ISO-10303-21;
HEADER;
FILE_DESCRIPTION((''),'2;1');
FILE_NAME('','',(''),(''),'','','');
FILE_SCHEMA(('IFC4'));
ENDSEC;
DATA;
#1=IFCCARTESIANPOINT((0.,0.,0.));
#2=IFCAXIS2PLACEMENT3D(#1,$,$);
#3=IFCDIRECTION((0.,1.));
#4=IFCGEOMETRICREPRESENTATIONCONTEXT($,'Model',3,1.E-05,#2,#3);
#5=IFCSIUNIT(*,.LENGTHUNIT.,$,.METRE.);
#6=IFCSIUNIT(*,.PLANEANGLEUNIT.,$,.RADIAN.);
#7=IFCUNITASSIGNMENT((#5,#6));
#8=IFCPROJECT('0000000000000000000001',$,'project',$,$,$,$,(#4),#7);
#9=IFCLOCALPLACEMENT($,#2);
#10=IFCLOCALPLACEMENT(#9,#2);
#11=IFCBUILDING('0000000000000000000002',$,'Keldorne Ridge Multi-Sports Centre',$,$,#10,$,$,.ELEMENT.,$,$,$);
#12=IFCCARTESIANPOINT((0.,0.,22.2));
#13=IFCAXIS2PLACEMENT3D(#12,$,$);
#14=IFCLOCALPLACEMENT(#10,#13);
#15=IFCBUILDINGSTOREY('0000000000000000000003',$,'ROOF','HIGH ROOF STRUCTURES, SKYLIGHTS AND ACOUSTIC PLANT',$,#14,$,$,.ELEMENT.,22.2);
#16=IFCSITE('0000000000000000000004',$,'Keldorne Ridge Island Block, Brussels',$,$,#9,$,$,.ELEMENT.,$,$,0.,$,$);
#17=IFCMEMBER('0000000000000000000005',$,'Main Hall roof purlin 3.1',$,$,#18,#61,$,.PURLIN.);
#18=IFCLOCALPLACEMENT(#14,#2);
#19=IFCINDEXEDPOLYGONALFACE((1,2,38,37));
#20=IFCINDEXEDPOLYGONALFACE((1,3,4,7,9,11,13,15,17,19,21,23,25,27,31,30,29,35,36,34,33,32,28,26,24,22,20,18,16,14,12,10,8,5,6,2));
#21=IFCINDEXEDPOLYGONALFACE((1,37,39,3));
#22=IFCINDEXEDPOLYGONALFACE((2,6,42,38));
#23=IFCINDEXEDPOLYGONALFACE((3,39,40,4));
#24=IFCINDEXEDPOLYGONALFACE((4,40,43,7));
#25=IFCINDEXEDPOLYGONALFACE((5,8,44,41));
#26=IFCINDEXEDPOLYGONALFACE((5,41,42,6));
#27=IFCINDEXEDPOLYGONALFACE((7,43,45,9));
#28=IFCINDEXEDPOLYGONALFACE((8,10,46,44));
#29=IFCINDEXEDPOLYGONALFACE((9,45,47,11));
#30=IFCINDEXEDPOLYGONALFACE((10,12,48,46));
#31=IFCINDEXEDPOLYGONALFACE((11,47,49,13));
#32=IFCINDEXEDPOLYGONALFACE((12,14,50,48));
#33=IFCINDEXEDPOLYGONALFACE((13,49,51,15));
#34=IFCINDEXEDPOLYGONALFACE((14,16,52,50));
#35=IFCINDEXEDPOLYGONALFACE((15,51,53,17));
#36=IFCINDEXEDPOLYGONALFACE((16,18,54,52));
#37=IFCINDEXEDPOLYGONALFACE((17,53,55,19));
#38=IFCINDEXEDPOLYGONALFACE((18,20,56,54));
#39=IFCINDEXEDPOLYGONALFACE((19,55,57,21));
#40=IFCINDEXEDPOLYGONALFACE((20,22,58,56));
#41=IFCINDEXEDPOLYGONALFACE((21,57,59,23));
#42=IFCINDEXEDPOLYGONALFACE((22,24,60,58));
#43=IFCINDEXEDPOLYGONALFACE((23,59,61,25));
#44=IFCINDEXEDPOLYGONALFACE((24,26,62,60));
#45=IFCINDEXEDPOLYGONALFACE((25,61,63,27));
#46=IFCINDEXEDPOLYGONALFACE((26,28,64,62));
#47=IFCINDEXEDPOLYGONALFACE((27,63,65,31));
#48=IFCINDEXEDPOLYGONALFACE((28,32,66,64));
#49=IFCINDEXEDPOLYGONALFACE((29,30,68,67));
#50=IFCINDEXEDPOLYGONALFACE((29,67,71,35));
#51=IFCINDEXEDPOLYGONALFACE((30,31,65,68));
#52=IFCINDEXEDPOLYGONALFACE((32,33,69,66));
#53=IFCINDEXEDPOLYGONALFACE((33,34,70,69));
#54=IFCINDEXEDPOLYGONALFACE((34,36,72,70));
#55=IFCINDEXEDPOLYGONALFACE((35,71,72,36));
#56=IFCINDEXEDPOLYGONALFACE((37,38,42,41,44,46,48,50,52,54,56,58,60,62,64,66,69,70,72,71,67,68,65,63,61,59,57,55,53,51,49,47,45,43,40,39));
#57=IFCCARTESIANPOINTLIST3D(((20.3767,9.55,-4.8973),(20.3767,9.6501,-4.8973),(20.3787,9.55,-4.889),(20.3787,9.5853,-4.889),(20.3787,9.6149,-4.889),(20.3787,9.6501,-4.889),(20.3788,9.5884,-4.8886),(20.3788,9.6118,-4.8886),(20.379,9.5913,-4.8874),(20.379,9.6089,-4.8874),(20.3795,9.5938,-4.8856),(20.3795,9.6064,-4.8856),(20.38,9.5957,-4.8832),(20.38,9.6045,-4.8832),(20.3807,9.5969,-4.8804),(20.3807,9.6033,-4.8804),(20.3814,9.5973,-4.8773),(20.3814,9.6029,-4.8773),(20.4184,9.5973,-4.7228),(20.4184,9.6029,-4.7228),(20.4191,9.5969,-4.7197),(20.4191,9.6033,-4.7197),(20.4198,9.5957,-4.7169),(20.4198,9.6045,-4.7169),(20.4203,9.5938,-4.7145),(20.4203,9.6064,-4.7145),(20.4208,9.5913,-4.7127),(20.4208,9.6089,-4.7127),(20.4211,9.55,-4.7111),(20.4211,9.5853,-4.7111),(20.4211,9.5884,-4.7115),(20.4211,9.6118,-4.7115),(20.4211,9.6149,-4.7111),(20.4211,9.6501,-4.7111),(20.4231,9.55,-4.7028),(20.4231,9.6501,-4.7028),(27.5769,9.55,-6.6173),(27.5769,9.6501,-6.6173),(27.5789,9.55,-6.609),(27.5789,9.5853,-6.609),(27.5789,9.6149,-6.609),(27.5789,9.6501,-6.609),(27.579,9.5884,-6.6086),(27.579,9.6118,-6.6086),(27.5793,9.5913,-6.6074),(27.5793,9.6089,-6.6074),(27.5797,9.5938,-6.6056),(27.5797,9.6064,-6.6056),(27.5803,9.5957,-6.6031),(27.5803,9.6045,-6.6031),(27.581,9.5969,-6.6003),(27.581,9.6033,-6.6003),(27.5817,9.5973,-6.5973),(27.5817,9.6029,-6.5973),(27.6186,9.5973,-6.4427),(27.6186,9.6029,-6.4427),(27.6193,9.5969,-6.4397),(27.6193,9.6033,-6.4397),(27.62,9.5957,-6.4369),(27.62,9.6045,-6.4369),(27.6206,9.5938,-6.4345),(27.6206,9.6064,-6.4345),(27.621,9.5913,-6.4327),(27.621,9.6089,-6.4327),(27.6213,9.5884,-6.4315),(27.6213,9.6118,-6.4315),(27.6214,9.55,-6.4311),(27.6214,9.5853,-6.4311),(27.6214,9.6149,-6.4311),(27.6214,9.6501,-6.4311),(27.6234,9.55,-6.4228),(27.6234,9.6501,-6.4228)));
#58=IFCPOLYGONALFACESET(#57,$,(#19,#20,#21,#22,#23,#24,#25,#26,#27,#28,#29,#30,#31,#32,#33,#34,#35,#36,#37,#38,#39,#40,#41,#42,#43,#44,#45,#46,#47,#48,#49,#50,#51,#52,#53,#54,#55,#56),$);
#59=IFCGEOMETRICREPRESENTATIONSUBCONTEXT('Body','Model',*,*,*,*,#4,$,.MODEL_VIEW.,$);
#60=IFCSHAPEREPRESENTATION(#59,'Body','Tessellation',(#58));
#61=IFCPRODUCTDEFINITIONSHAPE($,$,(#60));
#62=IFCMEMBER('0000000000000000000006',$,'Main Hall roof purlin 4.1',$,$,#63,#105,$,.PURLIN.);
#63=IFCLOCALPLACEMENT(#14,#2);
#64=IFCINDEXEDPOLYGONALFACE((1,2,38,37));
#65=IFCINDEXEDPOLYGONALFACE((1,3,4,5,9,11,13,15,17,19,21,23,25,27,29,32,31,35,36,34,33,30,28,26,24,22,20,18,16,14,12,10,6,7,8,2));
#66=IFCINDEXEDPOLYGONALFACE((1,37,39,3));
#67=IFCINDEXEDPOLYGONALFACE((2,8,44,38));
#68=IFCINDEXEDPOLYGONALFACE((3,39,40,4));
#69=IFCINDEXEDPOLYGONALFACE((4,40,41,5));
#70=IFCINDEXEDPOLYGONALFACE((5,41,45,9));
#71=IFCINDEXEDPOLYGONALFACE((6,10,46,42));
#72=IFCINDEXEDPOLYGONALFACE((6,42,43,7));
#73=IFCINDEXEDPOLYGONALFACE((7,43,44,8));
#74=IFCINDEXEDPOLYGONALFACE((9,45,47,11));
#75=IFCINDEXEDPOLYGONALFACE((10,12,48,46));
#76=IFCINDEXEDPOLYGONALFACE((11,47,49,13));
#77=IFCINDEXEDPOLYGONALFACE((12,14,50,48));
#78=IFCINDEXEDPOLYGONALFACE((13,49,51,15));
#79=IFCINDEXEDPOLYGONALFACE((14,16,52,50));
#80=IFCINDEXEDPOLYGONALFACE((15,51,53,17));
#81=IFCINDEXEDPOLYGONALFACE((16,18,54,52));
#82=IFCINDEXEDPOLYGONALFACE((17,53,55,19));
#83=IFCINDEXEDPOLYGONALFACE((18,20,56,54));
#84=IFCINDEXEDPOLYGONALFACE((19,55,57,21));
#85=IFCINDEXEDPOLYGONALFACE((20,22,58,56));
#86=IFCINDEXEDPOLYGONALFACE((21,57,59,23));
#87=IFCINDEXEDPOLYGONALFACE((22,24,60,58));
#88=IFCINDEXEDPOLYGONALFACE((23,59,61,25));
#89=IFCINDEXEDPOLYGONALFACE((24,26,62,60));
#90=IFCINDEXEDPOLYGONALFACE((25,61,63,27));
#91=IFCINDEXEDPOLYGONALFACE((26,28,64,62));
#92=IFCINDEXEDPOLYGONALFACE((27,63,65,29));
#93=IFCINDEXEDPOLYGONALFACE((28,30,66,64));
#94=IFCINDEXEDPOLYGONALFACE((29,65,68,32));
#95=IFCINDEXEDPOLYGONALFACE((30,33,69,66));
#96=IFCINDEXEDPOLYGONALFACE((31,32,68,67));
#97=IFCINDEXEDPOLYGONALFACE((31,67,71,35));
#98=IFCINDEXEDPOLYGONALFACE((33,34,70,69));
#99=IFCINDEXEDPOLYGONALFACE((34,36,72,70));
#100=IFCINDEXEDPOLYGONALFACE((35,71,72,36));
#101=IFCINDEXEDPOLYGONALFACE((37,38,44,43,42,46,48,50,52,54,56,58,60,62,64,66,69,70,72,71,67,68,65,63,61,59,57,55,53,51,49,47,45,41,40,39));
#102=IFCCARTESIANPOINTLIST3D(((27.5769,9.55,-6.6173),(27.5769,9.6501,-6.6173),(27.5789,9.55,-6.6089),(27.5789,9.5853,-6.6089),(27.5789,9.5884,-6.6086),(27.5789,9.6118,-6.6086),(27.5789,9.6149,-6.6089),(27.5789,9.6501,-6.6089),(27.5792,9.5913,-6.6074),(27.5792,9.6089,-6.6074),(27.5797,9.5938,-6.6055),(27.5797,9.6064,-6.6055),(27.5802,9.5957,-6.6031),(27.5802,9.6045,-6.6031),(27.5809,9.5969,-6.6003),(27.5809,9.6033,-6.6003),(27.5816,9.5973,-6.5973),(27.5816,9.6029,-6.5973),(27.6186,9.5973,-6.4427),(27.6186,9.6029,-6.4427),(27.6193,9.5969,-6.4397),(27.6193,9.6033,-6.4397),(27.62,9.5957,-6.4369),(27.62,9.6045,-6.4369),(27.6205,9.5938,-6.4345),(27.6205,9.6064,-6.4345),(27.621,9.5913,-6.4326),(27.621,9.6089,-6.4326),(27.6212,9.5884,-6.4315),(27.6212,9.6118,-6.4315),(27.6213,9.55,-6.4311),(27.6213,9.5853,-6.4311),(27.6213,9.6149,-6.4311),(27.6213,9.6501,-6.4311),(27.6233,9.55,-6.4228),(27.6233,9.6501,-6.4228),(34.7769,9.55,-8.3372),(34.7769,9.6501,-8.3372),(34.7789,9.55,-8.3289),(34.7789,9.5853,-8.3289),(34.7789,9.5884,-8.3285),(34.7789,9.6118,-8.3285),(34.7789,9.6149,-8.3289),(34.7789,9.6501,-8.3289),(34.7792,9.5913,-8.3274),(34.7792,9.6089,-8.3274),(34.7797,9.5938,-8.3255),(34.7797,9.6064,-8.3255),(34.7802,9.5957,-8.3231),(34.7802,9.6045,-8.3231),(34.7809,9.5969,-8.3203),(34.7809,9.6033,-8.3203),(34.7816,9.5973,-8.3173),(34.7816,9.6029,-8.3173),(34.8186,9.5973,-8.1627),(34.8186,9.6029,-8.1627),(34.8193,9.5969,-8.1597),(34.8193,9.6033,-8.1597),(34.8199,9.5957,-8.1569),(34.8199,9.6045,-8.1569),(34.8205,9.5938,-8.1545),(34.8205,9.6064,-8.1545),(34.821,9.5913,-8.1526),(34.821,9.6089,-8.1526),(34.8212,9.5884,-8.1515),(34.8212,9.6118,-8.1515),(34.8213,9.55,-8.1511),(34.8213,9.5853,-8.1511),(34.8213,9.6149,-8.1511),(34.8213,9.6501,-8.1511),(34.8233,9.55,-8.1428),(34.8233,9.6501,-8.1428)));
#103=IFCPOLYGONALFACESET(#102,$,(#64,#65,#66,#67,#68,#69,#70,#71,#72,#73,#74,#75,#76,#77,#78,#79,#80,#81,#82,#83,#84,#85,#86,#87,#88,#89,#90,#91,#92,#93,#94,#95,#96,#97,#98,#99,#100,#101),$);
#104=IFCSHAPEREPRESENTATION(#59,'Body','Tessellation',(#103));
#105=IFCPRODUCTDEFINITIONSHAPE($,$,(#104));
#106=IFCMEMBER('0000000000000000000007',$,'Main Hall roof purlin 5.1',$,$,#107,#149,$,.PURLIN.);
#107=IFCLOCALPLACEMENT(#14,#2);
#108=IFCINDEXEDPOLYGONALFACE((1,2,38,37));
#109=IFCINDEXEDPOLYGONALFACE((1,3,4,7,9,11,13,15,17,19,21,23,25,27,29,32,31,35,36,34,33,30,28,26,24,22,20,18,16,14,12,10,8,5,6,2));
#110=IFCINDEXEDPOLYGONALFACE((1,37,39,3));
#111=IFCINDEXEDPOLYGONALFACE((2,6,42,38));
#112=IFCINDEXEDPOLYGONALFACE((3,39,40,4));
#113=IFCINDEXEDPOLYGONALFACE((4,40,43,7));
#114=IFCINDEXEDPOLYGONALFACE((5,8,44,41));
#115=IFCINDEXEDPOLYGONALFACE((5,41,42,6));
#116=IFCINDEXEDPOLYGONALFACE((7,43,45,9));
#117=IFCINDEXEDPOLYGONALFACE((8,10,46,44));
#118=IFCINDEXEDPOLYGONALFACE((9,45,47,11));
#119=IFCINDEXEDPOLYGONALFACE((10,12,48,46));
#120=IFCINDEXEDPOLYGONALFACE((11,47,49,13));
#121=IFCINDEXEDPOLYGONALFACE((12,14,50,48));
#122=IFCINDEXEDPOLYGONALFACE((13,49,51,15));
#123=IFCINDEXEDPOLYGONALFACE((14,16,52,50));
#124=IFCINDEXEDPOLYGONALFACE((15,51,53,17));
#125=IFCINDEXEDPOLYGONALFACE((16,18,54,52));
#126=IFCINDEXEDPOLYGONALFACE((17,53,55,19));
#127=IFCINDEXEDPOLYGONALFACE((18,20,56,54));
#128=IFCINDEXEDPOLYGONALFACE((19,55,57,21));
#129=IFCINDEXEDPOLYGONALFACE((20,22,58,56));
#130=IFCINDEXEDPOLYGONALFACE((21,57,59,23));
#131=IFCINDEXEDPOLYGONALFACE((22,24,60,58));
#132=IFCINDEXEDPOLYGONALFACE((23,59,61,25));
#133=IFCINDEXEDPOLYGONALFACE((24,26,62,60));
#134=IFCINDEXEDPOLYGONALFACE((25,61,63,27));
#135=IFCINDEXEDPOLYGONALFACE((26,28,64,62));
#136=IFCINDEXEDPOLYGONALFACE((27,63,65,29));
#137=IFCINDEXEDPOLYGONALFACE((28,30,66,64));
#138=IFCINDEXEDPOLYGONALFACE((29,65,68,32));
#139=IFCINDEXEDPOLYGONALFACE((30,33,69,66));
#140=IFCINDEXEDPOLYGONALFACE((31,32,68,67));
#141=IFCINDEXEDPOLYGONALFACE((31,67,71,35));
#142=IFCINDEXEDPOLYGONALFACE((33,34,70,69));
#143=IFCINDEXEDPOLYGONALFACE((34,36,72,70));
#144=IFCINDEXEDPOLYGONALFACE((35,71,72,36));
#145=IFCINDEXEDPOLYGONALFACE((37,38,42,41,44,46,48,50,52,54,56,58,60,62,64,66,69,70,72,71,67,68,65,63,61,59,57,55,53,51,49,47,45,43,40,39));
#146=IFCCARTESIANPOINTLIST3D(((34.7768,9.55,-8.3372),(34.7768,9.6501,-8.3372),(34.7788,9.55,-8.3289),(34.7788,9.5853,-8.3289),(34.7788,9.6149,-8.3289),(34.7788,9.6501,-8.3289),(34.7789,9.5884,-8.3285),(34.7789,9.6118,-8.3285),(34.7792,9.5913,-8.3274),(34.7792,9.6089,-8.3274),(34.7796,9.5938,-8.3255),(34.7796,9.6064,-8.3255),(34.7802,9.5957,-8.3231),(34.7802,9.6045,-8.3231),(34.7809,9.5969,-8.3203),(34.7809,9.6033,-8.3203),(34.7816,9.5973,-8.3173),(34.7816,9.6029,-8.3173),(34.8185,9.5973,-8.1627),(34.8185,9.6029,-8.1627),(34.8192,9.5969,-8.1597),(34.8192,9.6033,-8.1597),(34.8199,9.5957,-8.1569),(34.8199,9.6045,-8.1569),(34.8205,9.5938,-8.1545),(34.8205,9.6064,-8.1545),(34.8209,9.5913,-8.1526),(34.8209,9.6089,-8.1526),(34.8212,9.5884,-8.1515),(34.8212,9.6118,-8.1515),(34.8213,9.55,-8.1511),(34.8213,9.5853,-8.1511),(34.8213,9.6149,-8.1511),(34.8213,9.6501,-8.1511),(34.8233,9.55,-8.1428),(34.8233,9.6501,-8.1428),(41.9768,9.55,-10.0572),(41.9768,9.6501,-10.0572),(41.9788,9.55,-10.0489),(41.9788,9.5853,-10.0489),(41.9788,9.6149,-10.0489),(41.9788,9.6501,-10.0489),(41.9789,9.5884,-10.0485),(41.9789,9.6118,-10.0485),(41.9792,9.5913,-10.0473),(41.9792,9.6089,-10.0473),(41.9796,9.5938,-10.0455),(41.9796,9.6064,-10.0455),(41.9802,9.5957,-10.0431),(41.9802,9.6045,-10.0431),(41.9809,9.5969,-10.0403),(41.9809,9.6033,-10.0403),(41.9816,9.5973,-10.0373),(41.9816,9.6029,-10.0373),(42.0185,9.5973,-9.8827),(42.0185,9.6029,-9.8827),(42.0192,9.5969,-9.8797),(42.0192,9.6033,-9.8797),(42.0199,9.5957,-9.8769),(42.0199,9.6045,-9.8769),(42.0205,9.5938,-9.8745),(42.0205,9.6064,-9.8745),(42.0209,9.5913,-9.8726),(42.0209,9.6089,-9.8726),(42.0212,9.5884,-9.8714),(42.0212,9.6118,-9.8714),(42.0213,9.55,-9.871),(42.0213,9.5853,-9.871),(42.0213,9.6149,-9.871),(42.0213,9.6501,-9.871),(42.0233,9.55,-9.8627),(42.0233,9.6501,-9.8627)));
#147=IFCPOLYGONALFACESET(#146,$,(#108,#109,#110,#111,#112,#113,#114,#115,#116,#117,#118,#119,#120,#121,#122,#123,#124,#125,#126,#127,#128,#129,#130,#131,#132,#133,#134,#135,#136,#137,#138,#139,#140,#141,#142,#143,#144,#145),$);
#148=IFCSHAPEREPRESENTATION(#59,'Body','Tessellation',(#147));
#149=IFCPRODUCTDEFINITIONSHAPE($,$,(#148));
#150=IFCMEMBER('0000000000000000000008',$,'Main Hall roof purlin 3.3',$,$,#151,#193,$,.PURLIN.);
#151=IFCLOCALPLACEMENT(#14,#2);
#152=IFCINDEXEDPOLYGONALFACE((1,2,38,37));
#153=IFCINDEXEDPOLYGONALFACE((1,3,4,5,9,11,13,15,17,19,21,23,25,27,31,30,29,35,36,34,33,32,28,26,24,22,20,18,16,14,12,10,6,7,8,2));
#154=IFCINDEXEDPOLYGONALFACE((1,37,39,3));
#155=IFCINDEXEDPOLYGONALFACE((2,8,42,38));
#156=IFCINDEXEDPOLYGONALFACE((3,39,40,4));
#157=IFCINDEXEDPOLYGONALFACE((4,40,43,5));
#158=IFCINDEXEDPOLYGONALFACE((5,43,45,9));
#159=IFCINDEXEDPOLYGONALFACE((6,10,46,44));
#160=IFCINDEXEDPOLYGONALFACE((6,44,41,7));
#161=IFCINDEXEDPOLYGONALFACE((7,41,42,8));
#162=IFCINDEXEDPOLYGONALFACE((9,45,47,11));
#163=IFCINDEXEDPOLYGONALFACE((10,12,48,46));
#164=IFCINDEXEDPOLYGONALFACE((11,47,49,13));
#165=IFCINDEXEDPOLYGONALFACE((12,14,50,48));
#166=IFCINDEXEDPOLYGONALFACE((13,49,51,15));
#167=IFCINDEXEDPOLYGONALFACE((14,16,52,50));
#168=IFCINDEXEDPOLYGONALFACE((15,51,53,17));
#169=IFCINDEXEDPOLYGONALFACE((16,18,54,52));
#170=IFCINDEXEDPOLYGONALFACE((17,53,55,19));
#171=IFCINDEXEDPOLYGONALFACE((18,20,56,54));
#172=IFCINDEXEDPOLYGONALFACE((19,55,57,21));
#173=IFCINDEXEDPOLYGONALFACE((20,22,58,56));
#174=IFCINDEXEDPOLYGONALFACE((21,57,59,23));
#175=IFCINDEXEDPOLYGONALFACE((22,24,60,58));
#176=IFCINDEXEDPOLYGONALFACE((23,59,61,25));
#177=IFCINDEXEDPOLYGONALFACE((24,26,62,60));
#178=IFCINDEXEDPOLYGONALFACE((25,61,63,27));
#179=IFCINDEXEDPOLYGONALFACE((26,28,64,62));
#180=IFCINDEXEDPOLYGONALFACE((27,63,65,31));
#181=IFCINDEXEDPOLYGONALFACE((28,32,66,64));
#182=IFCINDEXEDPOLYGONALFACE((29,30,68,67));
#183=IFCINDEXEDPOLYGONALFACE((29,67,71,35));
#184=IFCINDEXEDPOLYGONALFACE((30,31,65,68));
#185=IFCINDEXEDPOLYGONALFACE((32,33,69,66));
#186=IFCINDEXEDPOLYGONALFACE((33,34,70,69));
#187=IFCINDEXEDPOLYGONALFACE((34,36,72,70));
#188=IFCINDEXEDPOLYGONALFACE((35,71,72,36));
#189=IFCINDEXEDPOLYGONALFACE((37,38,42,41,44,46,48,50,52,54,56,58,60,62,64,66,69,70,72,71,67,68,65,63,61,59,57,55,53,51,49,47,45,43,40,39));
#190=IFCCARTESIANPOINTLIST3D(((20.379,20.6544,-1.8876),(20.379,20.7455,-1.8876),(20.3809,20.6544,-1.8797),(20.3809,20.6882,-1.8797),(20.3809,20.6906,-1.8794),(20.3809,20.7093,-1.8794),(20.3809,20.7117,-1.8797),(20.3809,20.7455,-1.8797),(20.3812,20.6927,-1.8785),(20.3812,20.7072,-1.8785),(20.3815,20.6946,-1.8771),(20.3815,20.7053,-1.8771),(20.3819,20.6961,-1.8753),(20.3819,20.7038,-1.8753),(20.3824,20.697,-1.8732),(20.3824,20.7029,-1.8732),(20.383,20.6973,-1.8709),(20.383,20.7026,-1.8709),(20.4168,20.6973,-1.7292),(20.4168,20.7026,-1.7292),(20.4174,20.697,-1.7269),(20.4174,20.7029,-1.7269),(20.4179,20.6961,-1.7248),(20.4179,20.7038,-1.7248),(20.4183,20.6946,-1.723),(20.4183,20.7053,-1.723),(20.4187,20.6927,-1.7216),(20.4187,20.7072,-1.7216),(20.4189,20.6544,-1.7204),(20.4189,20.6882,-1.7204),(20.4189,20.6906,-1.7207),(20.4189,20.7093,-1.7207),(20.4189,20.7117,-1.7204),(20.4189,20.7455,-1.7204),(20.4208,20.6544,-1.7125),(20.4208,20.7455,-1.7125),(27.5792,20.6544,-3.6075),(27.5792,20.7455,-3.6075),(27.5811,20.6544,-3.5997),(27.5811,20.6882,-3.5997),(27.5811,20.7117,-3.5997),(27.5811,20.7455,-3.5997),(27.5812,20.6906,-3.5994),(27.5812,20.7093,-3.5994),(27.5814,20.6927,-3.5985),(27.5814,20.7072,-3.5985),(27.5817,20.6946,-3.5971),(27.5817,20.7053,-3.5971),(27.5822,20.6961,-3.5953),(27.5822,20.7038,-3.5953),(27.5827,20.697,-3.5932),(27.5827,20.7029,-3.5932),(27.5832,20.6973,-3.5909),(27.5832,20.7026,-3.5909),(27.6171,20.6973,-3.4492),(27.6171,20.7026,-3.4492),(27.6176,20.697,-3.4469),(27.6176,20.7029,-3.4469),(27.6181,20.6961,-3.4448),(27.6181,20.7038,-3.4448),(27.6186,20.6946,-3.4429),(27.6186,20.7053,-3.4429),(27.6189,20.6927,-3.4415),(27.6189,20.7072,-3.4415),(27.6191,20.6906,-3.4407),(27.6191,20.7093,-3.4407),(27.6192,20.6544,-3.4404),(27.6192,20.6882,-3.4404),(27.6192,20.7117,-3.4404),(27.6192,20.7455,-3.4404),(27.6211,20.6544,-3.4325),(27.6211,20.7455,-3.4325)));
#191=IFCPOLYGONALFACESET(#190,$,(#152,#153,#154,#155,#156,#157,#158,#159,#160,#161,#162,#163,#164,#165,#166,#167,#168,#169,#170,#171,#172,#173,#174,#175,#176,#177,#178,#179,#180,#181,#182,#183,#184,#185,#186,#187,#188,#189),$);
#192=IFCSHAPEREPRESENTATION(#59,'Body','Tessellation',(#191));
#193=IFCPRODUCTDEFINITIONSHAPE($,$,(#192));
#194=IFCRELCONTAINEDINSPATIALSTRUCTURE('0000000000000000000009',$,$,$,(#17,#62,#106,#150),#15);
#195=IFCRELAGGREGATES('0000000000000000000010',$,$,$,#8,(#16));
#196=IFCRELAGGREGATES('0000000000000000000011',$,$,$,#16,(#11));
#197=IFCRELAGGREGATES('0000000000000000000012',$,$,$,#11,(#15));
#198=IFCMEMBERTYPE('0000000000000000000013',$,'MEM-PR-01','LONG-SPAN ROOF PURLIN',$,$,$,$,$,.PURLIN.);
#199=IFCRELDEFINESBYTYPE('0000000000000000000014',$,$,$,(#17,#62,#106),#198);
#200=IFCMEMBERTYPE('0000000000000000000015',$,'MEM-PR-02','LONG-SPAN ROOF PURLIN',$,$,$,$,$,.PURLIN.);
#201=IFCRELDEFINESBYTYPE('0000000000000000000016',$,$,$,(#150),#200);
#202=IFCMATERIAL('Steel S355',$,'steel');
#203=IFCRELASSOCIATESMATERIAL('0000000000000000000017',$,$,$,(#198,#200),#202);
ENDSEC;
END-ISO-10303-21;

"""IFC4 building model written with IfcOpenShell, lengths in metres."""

from ifc_helpers import new_model, si_unit, direction, frame, origin, origin_2d, place, context, subcontext, project, spatial, i_section, extrude, material, material_profile, profile_set, type_object, element, save


model = new_model("IFC4")

# Units and contexts
model_context = context("Model", 3, precision=1e-05, world=origin(), true_north=direction((0.0, 1.0)))
body_context = subcontext(model_context, "Body", "Model", "MODEL_VIEW")
ifc_project = project(units=[si_unit("LENGTHUNIT", "METRE"), si_unit("PLANEANGLEUNIT", "RADIAN")], contexts=[model_context])

# Site, building, storey
site_placement = place(None, origin())
site = spatial("IfcSite", under=ifc_project, at=site_placement, Name="Keldorne Ridge Island Block, Brussels", CompositionType="ELEMENT", RefElevation=0.0)
building_placement = place(site_placement, origin())
building = spatial("IfcBuilding", under=site, at=building_placement, Name="Keldorne Ridge Multi-Sports Centre", CompositionType="ELEMENT")
storey_placement = place(building_placement, frame((0.0, 0.0, 22.2)))
storey = spatial("IfcBuildingStorey", under=building, at=storey_placement, Name="ROOF", Description="HIGH ROOF STRUCTURES, SKYLIGHTS AND ACOUSTIC PLANT", CompositionType="ELEMENT", Elevation=22.2)

# Members
ifc_material = material(Name="Steel S355", Category="steel")
ifc_material_profile_1 = material_profile(ifc_material, i_section(OverallWidth=0.1001, OverallDepth=0.2, WebThickness=0.0056, FlangeThickness=0.0085, FilletRadius=0.012, at=origin_2d()), Name="IPE 200")
ifc_profile_set_1 = profile_set([ifc_material_profile_1], Name="Steel S355")
member_type_1 = type_object("IfcMemberType", Name="MEM-PR-01", Description="LONG-SPAN ROOF PURLIN", PredefinedType="PURLIN", material=ifc_profile_set_1)
member_1_placement = place(storey_placement, frame((20.3999, 9.6001, -4.8), z_axis=(0.972634, 0.0, -0.232341), x_axis=(0.0, 1.0, 0.0)))
element("IfcMember", 1, at=member_1_placement, inside=storey, type_object=member_type_1, Name="Main Hall roof purlin 3.1", PredefinedType="PURLIN", context=body_context, shape_type="SweptSolid", body=[
    extrude(i_section(OverallWidth=0.1001, OverallDepth=0.2, WebThickness=0.0056, FlangeThickness=0.0085, FilletRadius=0.012, at=origin_2d()), origin(), (0.0, 0.0, 1.0), 7.4028),
])
for number, where, z_axis, x_axis, name in (
    (2, (27.6001, 9.6001, -6.52), (0.972633, 0.0, -0.232349), (0.0, 1.0, 0.0), "Main Hall roof purlin 4.1"),
    (3, (34.8, 9.6001, -8.24), (0.972633, 0.0, -0.232349), (0.0, 1.0, 0.0), "Main Hall roof purlin 5.1"),
):
    element("IfcMember", number, at=place(storey_placement, frame(where, z_axis=z_axis, x_axis=x_axis)), inside=storey, type_object=member_type_1, Name=name, PredefinedType="PURLIN", context=body_context, shape_type="SweptSolid", body=[
        extrude(i_section(OverallWidth=0.1001, OverallDepth=0.2, WebThickness=0.0056, FlangeThickness=0.0085, FilletRadius=0.012, at=origin_2d()), origin(), (0.0, 0.0, 1.0), 7.4026),
    ])
ifc_material_profile_2 = material_profile(ifc_material, i_section(OverallWidth=0.0911, OverallDepth=0.1799, WebThickness=0.0054, FlangeThickness=0.0081, FilletRadius=0.009, at=origin_2d()), Name="IPE 180")
ifc_profile_set_2 = profile_set([ifc_material_profile_2], Name="Steel S355")
member_type_2 = type_object("IfcMemberType", Name="MEM-PR-02", Description="LONG-SPAN ROOF PURLIN", PredefinedType="PURLIN", material=ifc_profile_set_2)
member_2_placement = place(storey_placement, frame((20.3999, 20.7, -1.8), z_axis=(0.972634, 0.0, -0.232341), x_axis=(0.0, 1.0, 0.0)))
element("IfcMember", 4, at=member_2_placement, inside=storey, type_object=member_type_2, Name="Main Hall roof purlin 3.3", PredefinedType="PURLIN", context=body_context, shape_type="SweptSolid", body=[
    extrude(i_section(OverallWidth=0.0911, OverallDepth=0.1799, WebThickness=0.0054, FlangeThickness=0.0081, FilletRadius=0.009, at=origin_2d()), origin(), (0.0, 0.0, 1.0), 7.4028),
])

save(model, "model.ifc")
